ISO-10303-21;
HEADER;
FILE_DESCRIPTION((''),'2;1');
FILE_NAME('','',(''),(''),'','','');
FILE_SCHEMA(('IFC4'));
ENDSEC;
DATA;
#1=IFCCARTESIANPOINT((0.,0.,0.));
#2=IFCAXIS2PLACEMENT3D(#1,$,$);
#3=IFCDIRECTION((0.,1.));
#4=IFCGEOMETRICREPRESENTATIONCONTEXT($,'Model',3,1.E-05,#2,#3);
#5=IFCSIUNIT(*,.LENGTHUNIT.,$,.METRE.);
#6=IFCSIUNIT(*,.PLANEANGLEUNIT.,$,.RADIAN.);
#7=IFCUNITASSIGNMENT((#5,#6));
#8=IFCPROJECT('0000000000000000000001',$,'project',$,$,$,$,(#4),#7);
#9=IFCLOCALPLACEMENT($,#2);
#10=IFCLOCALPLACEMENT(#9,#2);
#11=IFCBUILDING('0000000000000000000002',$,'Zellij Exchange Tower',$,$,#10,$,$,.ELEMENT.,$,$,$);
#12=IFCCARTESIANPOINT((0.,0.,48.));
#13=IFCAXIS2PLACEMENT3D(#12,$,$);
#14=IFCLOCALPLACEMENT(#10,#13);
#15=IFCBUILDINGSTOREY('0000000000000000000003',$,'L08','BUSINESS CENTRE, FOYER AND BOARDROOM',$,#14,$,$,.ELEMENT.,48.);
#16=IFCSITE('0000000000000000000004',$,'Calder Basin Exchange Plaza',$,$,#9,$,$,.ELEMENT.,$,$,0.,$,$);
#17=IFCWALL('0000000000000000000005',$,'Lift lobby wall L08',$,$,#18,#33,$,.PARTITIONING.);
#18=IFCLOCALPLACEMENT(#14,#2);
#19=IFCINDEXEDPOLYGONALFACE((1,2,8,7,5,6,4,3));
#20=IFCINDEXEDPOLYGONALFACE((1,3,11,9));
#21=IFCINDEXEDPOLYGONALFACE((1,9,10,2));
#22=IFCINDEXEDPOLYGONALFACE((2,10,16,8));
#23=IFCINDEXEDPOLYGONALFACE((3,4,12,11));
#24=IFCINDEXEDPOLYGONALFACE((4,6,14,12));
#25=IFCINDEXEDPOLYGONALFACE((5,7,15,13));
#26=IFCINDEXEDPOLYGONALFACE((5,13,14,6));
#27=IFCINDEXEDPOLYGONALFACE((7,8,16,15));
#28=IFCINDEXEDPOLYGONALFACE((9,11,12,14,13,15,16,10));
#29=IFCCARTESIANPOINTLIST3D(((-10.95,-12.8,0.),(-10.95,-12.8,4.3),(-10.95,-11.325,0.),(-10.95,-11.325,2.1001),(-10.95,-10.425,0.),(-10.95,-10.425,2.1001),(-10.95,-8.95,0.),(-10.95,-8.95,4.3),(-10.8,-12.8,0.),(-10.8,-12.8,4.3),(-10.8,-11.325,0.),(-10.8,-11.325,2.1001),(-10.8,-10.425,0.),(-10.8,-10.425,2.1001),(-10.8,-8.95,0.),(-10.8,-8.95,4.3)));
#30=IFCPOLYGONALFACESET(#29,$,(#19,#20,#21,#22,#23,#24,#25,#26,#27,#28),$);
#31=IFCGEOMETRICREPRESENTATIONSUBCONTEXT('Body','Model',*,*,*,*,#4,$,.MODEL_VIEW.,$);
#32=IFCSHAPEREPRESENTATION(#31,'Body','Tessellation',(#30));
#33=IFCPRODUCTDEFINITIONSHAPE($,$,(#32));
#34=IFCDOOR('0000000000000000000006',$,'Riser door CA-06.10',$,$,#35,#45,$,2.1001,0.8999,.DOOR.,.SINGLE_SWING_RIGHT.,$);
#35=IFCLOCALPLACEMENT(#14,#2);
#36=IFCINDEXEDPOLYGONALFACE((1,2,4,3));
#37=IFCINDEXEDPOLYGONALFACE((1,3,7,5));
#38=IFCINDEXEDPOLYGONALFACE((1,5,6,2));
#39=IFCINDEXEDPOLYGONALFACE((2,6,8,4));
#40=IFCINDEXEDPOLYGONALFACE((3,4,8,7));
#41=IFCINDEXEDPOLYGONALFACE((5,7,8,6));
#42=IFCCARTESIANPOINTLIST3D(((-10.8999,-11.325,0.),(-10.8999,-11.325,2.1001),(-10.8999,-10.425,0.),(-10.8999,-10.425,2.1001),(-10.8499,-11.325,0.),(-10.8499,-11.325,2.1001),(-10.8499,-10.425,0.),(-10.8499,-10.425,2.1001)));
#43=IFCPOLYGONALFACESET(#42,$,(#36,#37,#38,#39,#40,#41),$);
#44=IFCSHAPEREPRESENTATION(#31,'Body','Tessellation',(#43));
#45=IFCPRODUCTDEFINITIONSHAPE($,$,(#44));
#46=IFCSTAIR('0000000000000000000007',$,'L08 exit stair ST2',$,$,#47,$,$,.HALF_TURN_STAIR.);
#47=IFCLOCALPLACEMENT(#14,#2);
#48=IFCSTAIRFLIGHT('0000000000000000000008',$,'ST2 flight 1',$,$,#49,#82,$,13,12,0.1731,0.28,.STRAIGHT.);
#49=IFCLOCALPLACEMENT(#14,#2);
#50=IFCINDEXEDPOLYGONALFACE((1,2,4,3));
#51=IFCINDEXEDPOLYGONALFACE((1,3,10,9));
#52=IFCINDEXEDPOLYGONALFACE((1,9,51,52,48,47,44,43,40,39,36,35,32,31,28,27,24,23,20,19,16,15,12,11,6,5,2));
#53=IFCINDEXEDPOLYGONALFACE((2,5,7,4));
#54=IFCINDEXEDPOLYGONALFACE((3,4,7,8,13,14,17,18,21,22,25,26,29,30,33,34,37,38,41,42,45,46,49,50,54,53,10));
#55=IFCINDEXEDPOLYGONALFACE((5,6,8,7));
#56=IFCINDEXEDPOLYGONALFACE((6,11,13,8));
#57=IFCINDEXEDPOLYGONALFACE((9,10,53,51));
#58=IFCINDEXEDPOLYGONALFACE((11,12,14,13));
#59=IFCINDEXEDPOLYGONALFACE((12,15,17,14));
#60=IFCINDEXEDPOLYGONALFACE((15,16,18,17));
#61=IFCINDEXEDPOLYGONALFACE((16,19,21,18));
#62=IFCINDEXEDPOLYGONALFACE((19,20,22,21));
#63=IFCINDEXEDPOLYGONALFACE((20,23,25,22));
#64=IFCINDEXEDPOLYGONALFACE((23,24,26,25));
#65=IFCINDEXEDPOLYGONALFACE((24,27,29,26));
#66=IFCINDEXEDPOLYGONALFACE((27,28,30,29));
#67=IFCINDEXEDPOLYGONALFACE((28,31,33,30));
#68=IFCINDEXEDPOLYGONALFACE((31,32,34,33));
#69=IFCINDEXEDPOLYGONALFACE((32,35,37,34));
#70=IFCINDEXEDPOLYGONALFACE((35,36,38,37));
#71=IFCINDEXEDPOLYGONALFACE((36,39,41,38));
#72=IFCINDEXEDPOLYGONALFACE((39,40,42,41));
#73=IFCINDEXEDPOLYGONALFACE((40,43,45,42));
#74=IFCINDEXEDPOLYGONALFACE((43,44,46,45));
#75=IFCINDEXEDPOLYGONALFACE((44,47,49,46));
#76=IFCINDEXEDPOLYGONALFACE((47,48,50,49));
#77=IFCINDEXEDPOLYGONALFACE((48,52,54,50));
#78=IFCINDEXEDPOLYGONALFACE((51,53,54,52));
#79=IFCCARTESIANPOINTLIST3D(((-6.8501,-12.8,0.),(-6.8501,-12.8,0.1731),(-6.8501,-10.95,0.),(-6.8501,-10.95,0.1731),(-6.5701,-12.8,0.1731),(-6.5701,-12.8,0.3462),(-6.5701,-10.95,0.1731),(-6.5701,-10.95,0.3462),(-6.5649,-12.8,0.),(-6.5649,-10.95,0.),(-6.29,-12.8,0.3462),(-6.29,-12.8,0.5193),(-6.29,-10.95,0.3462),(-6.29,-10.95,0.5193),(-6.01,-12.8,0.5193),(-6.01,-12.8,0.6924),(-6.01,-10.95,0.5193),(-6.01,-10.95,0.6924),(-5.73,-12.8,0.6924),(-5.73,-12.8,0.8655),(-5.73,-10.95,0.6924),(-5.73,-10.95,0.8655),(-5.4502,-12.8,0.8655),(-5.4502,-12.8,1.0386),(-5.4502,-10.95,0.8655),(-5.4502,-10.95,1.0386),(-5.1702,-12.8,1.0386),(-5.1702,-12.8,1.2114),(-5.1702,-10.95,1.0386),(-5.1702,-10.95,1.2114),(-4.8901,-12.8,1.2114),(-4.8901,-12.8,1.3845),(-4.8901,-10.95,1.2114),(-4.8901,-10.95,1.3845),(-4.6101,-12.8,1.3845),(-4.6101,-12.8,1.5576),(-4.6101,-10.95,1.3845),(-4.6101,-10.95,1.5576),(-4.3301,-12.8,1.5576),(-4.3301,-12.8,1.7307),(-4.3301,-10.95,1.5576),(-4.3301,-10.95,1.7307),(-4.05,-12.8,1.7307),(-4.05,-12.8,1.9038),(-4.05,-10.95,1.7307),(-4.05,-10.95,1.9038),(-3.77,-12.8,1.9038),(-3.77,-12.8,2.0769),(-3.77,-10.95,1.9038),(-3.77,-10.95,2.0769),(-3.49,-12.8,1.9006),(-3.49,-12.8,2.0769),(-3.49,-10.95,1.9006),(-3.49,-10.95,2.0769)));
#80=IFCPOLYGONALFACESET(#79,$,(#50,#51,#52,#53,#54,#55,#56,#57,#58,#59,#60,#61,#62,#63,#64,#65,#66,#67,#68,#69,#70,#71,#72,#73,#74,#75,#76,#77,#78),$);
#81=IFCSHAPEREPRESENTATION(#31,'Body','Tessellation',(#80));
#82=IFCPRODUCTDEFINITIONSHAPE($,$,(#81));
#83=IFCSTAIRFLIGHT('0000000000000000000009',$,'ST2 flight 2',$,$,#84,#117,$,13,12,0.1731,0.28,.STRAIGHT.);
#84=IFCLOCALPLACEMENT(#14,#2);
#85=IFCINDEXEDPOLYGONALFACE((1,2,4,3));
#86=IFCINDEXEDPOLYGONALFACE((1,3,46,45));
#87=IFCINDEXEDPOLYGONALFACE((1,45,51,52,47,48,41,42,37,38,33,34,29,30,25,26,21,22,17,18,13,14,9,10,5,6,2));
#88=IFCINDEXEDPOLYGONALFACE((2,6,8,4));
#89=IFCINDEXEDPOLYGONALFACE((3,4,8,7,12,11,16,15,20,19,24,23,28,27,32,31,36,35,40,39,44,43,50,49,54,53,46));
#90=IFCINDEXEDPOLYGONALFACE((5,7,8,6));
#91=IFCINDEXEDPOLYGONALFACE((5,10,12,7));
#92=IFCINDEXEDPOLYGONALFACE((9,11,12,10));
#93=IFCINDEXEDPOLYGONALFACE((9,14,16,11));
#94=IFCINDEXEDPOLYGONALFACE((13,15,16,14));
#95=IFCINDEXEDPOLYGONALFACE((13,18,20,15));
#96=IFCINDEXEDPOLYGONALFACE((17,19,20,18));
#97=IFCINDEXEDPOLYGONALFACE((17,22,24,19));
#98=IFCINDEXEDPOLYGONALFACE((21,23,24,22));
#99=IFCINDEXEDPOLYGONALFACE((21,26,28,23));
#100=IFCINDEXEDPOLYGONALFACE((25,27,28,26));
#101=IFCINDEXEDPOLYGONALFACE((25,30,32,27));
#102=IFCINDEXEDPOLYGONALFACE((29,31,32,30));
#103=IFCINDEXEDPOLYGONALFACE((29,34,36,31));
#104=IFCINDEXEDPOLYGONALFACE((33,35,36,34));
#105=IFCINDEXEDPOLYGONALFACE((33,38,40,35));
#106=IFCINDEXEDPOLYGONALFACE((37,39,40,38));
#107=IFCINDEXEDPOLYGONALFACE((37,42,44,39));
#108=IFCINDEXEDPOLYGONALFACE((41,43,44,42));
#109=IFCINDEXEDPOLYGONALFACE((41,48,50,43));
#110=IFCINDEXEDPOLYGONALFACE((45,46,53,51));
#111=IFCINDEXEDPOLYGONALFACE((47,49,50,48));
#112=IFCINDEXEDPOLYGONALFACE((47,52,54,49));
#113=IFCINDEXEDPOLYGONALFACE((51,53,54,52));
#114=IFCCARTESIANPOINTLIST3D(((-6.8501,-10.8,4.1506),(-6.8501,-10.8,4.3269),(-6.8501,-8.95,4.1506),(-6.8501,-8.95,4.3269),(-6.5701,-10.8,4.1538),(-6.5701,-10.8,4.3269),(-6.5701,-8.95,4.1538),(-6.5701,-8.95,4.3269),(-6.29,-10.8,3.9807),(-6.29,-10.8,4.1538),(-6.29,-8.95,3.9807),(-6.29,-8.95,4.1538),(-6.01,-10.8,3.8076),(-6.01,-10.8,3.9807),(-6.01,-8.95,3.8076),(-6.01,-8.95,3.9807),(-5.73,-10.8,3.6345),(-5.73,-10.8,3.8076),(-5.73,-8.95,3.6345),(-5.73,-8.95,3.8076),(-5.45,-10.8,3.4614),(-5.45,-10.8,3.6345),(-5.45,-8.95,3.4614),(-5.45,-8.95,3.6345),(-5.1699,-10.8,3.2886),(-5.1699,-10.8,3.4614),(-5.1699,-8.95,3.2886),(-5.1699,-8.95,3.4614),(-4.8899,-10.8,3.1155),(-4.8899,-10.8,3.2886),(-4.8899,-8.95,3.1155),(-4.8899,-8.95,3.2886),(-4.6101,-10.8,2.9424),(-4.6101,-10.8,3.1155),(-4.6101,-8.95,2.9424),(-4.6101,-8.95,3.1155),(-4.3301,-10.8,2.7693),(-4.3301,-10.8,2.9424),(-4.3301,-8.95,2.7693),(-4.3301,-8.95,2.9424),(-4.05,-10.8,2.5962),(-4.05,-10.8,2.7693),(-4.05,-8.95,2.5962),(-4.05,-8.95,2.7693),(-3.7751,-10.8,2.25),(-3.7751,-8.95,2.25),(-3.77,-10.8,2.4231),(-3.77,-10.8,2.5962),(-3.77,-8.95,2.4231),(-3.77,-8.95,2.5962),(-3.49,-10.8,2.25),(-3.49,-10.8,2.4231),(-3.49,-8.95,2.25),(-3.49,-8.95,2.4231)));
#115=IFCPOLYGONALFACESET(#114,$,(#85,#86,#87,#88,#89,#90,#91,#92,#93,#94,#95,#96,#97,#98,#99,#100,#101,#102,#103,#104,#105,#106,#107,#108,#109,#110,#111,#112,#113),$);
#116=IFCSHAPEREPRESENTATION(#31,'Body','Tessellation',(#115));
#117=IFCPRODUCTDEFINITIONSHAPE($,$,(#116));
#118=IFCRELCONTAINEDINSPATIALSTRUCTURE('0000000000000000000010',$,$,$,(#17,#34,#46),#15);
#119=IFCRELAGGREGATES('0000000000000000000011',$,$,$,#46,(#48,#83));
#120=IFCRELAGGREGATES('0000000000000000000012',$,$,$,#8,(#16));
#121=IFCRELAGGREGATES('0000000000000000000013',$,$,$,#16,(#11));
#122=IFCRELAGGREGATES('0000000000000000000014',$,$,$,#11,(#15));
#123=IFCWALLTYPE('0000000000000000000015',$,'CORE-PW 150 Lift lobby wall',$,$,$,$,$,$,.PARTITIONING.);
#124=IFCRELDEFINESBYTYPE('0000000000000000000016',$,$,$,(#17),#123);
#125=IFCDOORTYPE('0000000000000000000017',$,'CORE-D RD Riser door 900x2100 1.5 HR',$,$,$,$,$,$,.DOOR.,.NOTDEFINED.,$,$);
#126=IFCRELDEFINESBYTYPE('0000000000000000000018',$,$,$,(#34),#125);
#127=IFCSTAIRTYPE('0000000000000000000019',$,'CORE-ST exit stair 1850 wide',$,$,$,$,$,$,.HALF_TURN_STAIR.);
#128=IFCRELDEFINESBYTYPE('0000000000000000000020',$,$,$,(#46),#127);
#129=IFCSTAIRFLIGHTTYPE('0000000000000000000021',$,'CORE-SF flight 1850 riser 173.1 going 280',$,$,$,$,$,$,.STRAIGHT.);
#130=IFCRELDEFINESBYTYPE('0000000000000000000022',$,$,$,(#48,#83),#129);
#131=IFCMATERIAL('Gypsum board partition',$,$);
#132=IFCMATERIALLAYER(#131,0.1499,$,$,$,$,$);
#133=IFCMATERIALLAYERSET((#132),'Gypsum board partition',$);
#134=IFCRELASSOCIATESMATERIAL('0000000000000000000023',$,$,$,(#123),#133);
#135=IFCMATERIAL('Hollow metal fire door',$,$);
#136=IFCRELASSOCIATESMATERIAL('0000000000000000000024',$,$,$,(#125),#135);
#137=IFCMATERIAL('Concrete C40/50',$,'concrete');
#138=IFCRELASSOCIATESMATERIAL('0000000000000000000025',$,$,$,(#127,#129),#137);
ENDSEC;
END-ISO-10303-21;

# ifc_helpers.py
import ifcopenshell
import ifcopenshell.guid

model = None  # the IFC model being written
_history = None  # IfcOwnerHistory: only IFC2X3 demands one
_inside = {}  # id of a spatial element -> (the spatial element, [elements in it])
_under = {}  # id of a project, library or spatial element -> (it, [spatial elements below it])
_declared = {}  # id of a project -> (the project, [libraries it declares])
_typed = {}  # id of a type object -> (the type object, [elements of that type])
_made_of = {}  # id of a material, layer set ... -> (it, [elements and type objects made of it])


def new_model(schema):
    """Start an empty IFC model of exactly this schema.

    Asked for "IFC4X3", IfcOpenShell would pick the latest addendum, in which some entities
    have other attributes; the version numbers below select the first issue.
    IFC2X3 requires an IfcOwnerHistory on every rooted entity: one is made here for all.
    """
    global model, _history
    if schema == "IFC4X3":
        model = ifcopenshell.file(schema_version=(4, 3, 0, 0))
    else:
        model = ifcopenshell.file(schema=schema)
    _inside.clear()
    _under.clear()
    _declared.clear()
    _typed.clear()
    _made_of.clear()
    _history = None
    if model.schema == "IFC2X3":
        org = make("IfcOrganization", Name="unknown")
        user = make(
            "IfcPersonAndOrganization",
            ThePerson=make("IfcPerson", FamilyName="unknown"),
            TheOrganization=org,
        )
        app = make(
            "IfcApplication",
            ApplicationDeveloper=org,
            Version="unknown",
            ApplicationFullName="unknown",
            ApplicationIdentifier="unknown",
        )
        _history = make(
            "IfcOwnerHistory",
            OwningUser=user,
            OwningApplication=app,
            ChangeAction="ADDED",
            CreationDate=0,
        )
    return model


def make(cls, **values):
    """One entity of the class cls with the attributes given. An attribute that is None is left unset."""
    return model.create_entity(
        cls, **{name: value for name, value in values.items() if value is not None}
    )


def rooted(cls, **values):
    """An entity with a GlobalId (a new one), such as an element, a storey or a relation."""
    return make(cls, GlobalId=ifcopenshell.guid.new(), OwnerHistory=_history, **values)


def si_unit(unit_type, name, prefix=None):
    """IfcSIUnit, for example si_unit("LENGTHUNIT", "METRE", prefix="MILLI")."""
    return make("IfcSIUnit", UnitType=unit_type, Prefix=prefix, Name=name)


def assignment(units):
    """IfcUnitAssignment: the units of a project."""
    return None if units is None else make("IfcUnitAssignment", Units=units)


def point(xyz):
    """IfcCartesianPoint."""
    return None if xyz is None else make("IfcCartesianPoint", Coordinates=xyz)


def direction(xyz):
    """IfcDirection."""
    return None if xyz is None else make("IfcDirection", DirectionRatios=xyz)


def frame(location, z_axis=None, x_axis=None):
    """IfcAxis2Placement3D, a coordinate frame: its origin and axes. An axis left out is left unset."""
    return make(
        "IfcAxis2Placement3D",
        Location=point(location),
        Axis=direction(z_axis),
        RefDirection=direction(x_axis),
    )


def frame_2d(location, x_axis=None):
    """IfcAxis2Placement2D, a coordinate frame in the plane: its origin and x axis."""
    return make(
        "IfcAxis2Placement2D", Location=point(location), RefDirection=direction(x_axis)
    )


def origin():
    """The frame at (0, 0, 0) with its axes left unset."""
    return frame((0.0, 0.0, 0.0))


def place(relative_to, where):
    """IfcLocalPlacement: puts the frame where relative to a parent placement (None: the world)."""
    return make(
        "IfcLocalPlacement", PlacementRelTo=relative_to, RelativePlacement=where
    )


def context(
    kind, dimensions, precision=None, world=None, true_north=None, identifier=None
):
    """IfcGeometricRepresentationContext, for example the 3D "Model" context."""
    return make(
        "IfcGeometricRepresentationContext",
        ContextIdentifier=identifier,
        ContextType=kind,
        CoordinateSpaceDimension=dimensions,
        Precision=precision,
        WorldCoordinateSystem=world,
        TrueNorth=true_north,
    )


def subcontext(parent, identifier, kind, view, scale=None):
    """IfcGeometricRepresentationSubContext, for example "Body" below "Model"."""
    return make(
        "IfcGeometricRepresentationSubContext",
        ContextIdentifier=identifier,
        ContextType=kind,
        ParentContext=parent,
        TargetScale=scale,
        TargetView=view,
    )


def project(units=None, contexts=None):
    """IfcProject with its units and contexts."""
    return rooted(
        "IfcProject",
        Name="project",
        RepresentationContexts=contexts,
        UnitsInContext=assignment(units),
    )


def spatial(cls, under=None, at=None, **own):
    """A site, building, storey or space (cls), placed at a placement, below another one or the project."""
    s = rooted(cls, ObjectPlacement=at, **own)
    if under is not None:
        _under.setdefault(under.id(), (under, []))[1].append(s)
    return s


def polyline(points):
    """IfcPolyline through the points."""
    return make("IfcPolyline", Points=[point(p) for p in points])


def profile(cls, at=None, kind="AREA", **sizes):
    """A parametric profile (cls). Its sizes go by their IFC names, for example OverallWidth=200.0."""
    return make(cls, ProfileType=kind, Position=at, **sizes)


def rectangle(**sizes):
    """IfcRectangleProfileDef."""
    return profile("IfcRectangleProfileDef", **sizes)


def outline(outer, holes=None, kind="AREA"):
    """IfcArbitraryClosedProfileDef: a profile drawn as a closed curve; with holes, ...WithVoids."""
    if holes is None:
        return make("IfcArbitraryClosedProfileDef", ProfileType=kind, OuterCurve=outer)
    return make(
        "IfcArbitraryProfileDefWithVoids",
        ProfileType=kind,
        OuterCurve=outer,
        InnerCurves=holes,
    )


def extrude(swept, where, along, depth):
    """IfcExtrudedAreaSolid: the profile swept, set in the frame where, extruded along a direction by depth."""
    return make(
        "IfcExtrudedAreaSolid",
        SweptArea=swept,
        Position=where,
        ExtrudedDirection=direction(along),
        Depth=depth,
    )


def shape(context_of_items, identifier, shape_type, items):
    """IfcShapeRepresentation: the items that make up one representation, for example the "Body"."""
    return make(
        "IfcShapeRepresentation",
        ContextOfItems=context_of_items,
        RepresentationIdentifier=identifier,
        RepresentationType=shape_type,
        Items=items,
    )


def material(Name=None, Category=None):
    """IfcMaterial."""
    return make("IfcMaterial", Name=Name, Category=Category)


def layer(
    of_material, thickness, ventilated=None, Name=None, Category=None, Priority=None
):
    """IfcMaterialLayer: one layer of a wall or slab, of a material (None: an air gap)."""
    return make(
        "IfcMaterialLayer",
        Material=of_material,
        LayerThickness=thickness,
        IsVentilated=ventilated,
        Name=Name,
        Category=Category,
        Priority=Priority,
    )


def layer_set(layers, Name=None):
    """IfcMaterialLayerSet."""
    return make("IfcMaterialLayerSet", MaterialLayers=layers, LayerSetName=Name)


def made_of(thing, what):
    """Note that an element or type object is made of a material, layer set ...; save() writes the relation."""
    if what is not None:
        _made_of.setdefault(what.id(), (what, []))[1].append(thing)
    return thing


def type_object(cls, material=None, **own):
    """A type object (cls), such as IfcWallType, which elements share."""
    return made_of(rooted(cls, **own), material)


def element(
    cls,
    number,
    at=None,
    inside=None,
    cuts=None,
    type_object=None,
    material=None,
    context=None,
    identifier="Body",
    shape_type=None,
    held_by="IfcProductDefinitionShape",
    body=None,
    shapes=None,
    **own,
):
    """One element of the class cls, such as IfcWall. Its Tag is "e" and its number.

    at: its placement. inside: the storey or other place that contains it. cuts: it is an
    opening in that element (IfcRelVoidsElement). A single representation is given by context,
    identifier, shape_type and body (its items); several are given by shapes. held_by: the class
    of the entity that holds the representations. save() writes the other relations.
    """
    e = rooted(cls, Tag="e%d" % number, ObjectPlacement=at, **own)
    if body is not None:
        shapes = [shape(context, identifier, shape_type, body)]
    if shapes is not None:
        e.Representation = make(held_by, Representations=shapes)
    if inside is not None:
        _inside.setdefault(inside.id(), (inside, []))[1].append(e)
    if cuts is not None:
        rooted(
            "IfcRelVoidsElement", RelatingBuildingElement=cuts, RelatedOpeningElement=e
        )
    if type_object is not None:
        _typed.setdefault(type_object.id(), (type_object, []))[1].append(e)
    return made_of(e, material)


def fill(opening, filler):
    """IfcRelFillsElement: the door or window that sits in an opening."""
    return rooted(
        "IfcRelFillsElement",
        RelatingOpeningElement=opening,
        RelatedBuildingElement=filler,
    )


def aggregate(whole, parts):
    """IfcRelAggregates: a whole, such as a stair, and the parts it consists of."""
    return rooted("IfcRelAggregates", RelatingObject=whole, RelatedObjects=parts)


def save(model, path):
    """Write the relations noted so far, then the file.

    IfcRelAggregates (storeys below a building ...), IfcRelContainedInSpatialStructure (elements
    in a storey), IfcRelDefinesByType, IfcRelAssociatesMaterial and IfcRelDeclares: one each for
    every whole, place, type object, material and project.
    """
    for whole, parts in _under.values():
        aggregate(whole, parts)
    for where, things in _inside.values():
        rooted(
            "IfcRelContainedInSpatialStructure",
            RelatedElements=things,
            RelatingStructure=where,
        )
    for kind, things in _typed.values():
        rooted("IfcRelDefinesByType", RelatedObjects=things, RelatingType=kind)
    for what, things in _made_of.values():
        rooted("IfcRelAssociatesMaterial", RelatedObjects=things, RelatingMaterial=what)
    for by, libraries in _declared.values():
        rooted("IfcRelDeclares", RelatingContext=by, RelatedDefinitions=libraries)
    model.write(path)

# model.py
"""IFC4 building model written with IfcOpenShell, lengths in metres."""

from ifc_helpers import new_model, si_unit, direction, frame, frame_2d, origin, place, context, subcontext, project, spatial, polyline, rectangle, outline, extrude, material, layer, layer_set, type_object, element, fill, aggregate, save


model = new_model("IFC4")

# Units and contexts
model_context = context("Model", 3, precision=1e-05, world=origin(), true_north=direction((0.0, 1.0)))
body_context = subcontext(model_context, "Body", "Model", "MODEL_VIEW")
ifc_project = project(units=[si_unit("LENGTHUNIT", "METRE"), si_unit("PLANEANGLEUNIT", "RADIAN")], contexts=[model_context])

# Site, building, storey
site_placement = place(None, origin())
site = spatial("IfcSite", under=ifc_project, at=site_placement, Name="Calder Basin Exchange Plaza", CompositionType="ELEMENT", RefElevation=0.0)
building_placement = place(site_placement, origin())
building = spatial("IfcBuilding", under=site, at=building_placement, Name="Zellij Exchange Tower", CompositionType="ELEMENT")
storey_placement = place(building_placement, frame((0.0, 0.0, 48.0)))
storey = spatial("IfcBuildingStorey", under=building, at=storey_placement, Name="L08", Description="BUSINESS CENTRE, FOYER AND BOARDROOM", CompositionType="ELEMENT", Elevation=48.0)

# Wall, opening, door
ifc_material_1 = material(Name="Gypsum board partition")
ifc_layer_1 = layer(ifc_material_1, 0.1499)
ifc_layer_set_1 = layer_set([ifc_layer_1], Name="Gypsum board partition")
wall_type_1 = type_object("IfcWallType", Name="CORE-PW 150 Lift lobby wall", PredefinedType="PARTITIONING", material=ifc_layer_set_1)
wall_1_placement = place(storey_placement, frame((-10.875, -12.8, 0.0), z_axis=(0.0, 0.0, 1.0), x_axis=(0.0, 1.0, 0.0)))
wall_1 = element("IfcWall", 1, at=wall_1_placement, inside=storey, type_object=wall_type_1, Name="Lift lobby wall L08", PredefinedType="PARTITIONING", context=body_context, shape_type="SweptSolid", body=[
    extrude(rectangle(XDim=3.8501, YDim=0.1499, at=frame_2d((1.925, 0.0))), origin(), (0.0, 0.0, 1.0), 4.3),
])
opening_placement = place(wall_1_placement, frame((1.4751, 0.0, 0.0)))
opening = element("IfcOpeningElement", 2, at=opening_placement, cuts=wall_1, PredefinedType="OPENING", context=body_context, shape_type="SweptSolid", body=[
    extrude(rectangle(XDim=0.8999, YDim=2.1001, at=frame_2d((0.45, 1.05))), frame((0.0, 0.0869, 0.0), z_axis=(0.0, -1.0, 0.0), x_axis=(1.0, 0.0, 0.0)), (0.0, 0.0, 1.0), 0.1738),
])
ifc_material_2 = material(Name="Hollow metal fire door")
door_type = type_object("IfcDoorType", Name="CORE-D RD Riser door 900x2100 1.5 HR", OperationType="NOTDEFINED", PredefinedType="DOOR", material=ifc_material_2)
door_placement = place(opening_placement, origin())
door = element("IfcDoor", 3, at=door_placement, inside=storey, type_object=door_type, Name="Riser door CA-06.10", OperationType="SINGLE_SWING_RIGHT", OverallHeight=2.1001, OverallWidth=0.8999, PredefinedType="DOOR", context=body_context, shape_type="SweptSolid", body=[
    extrude(rectangle(XDim=0.8999, YDim=2.1001, at=frame_2d((0.45, 1.05))), frame((0.0, 0.0249, 0.0), z_axis=(0.0, -1.0, 0.0), x_axis=(1.0, 0.0, 0.0)), (0.0, 0.0, 1.0), 0.05),
])
fill(opening, door)

# Stair, stair flights
ifc_material_3 = material(Name="Concrete C40/50", Category="concrete")
stair_type = type_object("IfcStairType", Name="CORE-ST exit stair 1850 wide", PredefinedType="HALF_TURN_STAIR", material=ifc_material_3)
stair_placement = place(storey_placement, origin())
stair = element("IfcStair", 4, at=stair_placement, inside=storey, type_object=stair_type, Name="L08 exit stair ST2", PredefinedType="HALF_TURN_STAIR")
stair_flight_type = type_object("IfcStairFlightType", Name="CORE-SF flight 1850 riser 173.1 going 280", PredefinedType="STRAIGHT", material=ifc_material_3)
stair_flight_1_placement = place(storey_placement, frame((-6.8501, -11.875, 0.0), z_axis=(0.0, 0.0, 1.0), x_axis=(1.0, 0.0, 0.0)))
stair_flight_1 = element("IfcStairFlight", 5, at=stair_flight_1_placement, type_object=stair_flight_type, Name="ST2 flight 1", NumberOfRisers=13, NumberOfTreads=12, PredefinedType="STRAIGHT", RiserHeight=0.1731, TreadLength=0.28, context=body_context, shape_type="SweptSolid", body=[
    extrude(outline(polyline([(0.0, 0.0), (0.0, 0.1731), (0.28, 0.1731), (0.28, 0.3462), (0.5601, 0.3462), (0.5601, 0.5193), (0.8401, 0.5193), (0.8401, 0.6924), (1.1201, 0.6924), (1.1201, 0.8655), (1.3999, 0.8655), (1.3999, 1.0386), (1.6799, 1.0386), (1.6799, 1.2114), (1.96, 1.2114), (1.96, 1.3845), (2.24, 1.3845), (2.24, 1.5576), (2.52, 1.5576), (2.52, 1.7307), (2.8, 1.7307), (2.8, 1.9038), (3.0801, 1.9038), (3.0801, 2.0769), (3.3601, 2.0769), (3.3601, 2.25), (3.3601, 1.9006), (0.2852, 0.0), (0.0, 0.0)])), frame((0.0, 0.925, 0.0), z_axis=(0.0, -1.0, 0.0), x_axis=(1.0, 0.0, 0.0)), (0.0, 0.0, 1.0), 1.8501),
])
stair_flight_2_placement = place(storey_placement, frame((-3.49, -9.875, 2.25), z_axis=(0.0, 0.0, 1.0), x_axis=(-1.0, 0.0, 0.0)))
stair_flight_2 = element("IfcStairFlight", 6, at=stair_flight_2_placement, type_object=stair_flight_type, Name="ST2 flight 2", NumberOfRisers=13, NumberOfTreads=12, PredefinedType="STRAIGHT", RiserHeight=0.1731, TreadLength=0.28, context=body_context, shape_type="SweptSolid", body=[
    extrude(outline(polyline([(0.0, 0.0), (0.0, 0.1731), (0.28, 0.1731), (0.28, 0.3462), (0.5601, 0.3462), (0.5601, 0.5193), (0.8401, 0.5193), (0.8401, 0.6924), (1.1201, 0.6924), (1.1201, 0.8655), (1.3999, 0.8655), (1.3999, 1.0386), (1.6799, 1.0386), (1.6799, 1.2114), (1.96, 1.2114), (1.96, 1.3845), (2.24, 1.3845), (2.24, 1.5576), (2.52, 1.5576), (2.52, 1.7307), (2.8, 1.7307), (2.8, 1.9038), (3.0801, 1.9038), (3.0801, 2.0769), (3.3601, 2.0769), (3.3601, 2.25), (3.3601, 1.9006), (0.2852, 0.0), (0.0, 0.0)])), frame((0.0, 0.925, 0.0), z_axis=(0.0, -1.0, 0.0), x_axis=(1.0, 0.0, 0.0)), (0.0, 0.0, 1.0), 1.8501),
])
aggregate(stair, [stair_flight_1, stair_flight_2])

save(model, "model.ifc")
